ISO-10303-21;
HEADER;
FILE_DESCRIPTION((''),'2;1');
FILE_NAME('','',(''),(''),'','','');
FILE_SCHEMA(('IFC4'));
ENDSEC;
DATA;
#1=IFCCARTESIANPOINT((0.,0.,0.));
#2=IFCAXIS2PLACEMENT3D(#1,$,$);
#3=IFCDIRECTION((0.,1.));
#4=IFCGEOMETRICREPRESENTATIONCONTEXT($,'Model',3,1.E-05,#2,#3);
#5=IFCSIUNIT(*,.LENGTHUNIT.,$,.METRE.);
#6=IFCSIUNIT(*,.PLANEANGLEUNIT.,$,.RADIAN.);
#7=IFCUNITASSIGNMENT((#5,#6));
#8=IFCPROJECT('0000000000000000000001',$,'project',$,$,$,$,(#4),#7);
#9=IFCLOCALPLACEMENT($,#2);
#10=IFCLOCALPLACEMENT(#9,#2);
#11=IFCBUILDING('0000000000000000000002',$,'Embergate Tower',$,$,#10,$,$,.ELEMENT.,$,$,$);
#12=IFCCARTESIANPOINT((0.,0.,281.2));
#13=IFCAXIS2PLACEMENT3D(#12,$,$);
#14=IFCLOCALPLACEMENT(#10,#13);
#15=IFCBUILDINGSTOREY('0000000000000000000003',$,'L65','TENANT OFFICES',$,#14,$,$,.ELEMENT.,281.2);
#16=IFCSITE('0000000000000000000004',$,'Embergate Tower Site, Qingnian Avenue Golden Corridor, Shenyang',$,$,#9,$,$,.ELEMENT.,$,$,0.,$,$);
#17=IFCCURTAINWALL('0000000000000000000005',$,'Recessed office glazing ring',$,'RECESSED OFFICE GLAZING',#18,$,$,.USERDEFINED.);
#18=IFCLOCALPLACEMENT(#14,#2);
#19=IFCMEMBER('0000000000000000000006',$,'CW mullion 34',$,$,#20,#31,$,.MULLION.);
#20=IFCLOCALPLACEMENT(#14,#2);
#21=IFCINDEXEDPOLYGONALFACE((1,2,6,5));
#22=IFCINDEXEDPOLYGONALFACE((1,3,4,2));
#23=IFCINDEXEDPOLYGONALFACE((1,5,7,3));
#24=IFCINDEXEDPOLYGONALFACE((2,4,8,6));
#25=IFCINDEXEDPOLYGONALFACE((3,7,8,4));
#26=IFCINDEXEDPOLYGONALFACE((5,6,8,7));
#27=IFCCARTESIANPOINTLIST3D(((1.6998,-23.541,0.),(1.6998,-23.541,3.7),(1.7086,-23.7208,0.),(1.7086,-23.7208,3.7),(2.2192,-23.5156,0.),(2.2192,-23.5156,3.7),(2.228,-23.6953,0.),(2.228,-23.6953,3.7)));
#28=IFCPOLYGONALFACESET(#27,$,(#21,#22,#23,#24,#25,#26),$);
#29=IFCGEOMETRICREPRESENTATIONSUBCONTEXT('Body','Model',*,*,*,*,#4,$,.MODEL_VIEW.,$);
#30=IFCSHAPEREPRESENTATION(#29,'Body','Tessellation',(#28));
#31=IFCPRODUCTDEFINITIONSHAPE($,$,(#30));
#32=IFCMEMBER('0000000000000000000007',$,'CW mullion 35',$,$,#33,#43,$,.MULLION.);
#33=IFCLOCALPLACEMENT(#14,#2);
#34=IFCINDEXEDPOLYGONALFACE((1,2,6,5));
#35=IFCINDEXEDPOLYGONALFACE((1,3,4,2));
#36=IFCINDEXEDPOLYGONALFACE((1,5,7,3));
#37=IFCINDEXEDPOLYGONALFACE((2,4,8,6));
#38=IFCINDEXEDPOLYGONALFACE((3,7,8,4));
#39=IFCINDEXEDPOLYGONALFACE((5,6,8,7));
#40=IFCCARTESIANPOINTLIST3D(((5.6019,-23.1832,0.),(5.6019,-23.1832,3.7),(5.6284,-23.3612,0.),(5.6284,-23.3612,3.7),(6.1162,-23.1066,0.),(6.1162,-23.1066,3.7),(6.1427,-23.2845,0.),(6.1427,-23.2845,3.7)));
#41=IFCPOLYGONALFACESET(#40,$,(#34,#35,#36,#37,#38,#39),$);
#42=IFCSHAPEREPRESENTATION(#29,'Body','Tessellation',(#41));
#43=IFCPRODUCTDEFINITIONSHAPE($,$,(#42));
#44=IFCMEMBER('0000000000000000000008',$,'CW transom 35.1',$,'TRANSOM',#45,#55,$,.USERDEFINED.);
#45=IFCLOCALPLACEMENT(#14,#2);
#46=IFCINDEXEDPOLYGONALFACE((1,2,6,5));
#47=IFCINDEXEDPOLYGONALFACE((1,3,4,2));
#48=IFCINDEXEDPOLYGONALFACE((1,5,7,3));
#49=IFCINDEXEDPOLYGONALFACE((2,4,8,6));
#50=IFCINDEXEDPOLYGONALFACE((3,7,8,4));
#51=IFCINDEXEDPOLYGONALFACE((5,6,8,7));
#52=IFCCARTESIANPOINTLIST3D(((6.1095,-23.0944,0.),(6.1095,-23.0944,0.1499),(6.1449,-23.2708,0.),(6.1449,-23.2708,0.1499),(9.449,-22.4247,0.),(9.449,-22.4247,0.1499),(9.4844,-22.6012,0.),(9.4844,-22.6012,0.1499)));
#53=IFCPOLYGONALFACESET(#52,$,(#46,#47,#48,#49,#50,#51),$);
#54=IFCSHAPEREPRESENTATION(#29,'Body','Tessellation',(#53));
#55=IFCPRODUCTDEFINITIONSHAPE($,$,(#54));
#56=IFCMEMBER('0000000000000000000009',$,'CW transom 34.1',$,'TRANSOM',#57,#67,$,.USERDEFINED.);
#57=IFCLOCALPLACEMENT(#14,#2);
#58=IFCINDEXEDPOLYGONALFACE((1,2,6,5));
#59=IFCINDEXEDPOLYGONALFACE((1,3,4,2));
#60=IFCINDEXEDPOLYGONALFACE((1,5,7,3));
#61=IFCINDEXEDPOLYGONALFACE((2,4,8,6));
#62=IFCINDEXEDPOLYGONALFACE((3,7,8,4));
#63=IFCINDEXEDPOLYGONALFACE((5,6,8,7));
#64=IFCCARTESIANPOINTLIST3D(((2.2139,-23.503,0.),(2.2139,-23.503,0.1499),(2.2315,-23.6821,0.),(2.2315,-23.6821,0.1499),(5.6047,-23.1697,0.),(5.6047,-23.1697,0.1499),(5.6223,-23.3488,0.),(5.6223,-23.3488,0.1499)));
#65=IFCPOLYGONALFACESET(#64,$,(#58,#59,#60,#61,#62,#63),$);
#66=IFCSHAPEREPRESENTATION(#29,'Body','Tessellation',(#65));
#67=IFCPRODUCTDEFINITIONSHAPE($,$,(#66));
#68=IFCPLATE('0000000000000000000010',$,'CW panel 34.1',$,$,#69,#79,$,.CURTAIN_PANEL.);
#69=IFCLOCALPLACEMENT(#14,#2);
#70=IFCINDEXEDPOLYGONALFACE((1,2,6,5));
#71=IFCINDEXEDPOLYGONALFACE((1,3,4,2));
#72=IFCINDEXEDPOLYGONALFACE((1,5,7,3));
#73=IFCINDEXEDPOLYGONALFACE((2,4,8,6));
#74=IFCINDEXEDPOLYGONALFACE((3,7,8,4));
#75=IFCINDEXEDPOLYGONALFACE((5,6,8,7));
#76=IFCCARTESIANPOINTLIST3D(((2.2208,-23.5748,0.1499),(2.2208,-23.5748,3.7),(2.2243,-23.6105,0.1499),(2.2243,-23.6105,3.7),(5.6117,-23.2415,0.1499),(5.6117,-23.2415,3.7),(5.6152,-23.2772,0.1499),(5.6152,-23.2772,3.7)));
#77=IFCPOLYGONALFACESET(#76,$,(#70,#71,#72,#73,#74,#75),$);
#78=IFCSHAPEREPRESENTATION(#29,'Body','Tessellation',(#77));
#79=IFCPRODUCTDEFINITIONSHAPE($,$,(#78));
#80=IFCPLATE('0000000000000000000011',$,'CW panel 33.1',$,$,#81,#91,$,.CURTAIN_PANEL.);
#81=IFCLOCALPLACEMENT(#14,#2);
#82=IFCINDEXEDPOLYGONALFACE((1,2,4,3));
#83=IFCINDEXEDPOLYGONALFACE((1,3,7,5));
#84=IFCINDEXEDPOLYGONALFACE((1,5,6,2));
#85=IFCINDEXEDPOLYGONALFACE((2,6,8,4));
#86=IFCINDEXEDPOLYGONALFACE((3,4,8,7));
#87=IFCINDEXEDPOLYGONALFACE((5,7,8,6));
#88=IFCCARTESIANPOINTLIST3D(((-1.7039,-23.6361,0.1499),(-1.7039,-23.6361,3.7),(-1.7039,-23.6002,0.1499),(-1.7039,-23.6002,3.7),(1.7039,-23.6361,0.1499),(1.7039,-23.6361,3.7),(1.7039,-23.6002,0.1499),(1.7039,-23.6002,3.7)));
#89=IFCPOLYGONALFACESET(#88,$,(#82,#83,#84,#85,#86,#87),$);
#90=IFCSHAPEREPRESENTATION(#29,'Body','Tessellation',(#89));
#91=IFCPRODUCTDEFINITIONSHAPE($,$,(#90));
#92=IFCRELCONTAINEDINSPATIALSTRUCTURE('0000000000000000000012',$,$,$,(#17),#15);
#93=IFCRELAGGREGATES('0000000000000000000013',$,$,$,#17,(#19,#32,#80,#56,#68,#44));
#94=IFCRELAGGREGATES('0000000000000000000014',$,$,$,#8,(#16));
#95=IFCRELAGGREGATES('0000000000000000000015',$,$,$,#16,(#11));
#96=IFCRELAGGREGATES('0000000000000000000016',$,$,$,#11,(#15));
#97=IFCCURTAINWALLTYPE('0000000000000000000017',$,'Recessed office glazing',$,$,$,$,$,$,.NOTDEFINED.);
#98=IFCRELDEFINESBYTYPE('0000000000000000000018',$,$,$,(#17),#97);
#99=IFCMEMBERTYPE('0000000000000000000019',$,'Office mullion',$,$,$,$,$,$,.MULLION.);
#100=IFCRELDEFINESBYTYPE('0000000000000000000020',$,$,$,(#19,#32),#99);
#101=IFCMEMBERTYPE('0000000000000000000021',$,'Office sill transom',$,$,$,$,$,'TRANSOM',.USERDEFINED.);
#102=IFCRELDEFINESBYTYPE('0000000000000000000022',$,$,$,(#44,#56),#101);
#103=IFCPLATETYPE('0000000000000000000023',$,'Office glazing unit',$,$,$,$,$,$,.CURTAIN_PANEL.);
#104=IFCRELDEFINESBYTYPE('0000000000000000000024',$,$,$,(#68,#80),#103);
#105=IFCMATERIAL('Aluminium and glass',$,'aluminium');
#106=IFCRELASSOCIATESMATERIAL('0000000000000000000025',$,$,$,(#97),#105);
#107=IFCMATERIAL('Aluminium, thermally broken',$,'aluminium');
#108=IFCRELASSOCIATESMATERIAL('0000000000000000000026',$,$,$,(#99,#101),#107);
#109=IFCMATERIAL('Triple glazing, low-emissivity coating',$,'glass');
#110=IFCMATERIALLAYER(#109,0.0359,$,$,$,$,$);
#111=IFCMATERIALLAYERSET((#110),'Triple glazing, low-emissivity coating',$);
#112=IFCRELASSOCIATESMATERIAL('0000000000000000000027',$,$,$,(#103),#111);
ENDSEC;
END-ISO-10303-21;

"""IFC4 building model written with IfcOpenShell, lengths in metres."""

from ifc_helpers import new_model, si_unit, direction, frame, origin, origin_2d, place, context, subcontext, project, spatial, rectangle, extrude, source, transform, mapped, material, layer, layer_set, material_profile, profile_set, type_object, element, aggregate, save


model = new_model("IFC4")

# Units and contexts
model_context = context("Model", 3, precision=1e-05, world=origin(), true_north=direction((0.0, 1.0)))
body_context = subcontext(model_context, "Body", "Model", "MODEL_VIEW")
ifc_project = project(units=[si_unit("LENGTHUNIT", "METRE"), si_unit("PLANEANGLEUNIT", "RADIAN")], contexts=[model_context])

# Site, building, storey
site_placement = place(None, origin())
site = spatial("IfcSite", under=ifc_project, at=site_placement, Name="Embergate Tower Site, Qingnian Avenue Golden Corridor, Shenyang", CompositionType="ELEMENT", RefElevation=0.0)
building_placement = place(site_placement, origin())
building = spatial("IfcBuilding", under=site, at=building_placement, Name="Embergate Tower", CompositionType="ELEMENT")
storey_placement = place(building_placement, frame((0.0, 0.0, 281.2)))
storey = spatial("IfcBuildingStorey", under=building, at=storey_placement, Name="L65", Description="TENANT OFFICES", CompositionType="ELEMENT", Elevation=281.2)

# Curtain wall, members, plates
ifc_material_1 = material(Name="Aluminium and glass", Category="aluminium")
curtain_wall_type = type_object("IfcCurtainWallType", Name="Recessed office glazing", PredefinedType="NOTDEFINED", material=ifc_material_1)
curtain_wall_placement = place(storey_placement, origin())
curtain_wall = element("IfcCurtainWall", 1, at=curtain_wall_placement, inside=storey, type_object=curtain_wall_type, Name="Recessed office glazing ring", ObjectType="RECESSED OFFICE GLAZING", PredefinedType="USERDEFINED")
ifc_material_2 = material(Name="Aluminium, thermally broken", Category="aluminium")
ifc_material_profile_1 = material_profile(ifc_material_2, rectangle(XDim=0.1799, YDim=0.52, at=origin_2d()), Name="AL 520x180")
ifc_profile_set_1 = profile_set([ifc_material_profile_1], Name="Aluminium, thermally broken")
member_type_1 = type_object("IfcMemberType", Name="Office mullion", PredefinedType="MULLION", material=ifc_profile_set_1)
shared_shape_1 = source(origin(), body_context, "Body", "SweptSolid", [
    extrude(rectangle(XDim=0.1799, YDim=0.52, at=origin_2d()), origin(), (0.0, 0.0, 1.0), 3.7),
])
member_1_placement = place(storey_placement, frame((1.9639, -23.6182, 0.0), z_axis=(0.0, 0.0, 1.0), x_axis=(-0.04897, 0.9988, 0.0)))
member_1 = element("IfcMember", 2, at=member_1_placement, type_object=member_type_1, Name="CW mullion 34", PredefinedType="MULLION", context=body_context, shape_type="MappedRepresentation", body=[
    mapped(shared_shape_1, transform((0.0, 0.0, 0.0))),
])
member_2_placement = place(storey_placement, frame((5.8723, -23.2339, 0.0), z_axis=(0.0, 0.0, 1.0), x_axis=(-0.147409, 0.989076, 0.0)))
member_2 = element("IfcMember", 3, at=member_2_placement, type_object=member_type_1, Name="CW mullion 35", PredefinedType="MULLION", context=body_context, shape_type="MappedRepresentation", body=[
    mapped(shared_shape_1, transform((0.0, 0.0, 0.0))),
])
ifc_material_profile_2 = material_profile(ifc_material_2, rectangle(XDim=0.1799, YDim=0.1499, at=origin_2d()), Name="AL 150x180")
ifc_profile_set_2 = profile_set([ifc_material_profile_2], Name="Aluminium, thermally broken")
member_type_2 = type_object("IfcMemberType", Name="Office sill transom", ElementType="TRANSOM", PredefinedType="USERDEFINED", material=ifc_profile_set_2)
shared_shape_2 = source(origin(), body_context, "Body", "SweptSolid", [
    extrude(rectangle(XDim=0.1799, YDim=0.1499, at=origin_2d()), origin(), (0.0, 0.0, 1.0), 3.406),
])
member_3_placement = place(storey_placement, frame((6.1272, -23.1826, 0.075), z_axis=(0.980481, 0.196612, 0.0), x_axis=(-0.196612, 0.980481, 0.0)))
member_3 = element("IfcMember", 4, at=member_3_placement, type_object=member_type_2, Name="CW transom 35.1", ObjectType="TRANSOM", PredefinedType="USERDEFINED", context=body_context, shape_type="MappedRepresentation", body=[
    mapped(shared_shape_2, transform((0.0, 0.0, 0.0))),
])
shared_shape_3 = source(origin(), body_context, "Body", "SweptSolid", [
    extrude(rectangle(XDim=0.1799, YDim=0.1499, at=origin_2d()), origin(), (0.0, 0.0, 1.0), 3.4072),
])
member_4_placement = place(storey_placement, frame((2.2227, -23.5925, 0.075), z_axis=(0.995205, 0.097808, 0.0), x_axis=(-0.097808, 0.995205, 0.0)))
member_4 = element("IfcMember", 5, at=member_4_placement, type_object=member_type_2, Name="CW transom 34.1", ObjectType="TRANSOM", PredefinedType="USERDEFINED", context=body_context, shape_type="MappedRepresentation", body=[
    mapped(shared_shape_3, transform((0.0, 0.0, 0.0))),
])
ifc_material_3 = material(Name="Triple glazing, low-emissivity coating", Category="glass")
ifc_layer = layer(ifc_material_3, 0.0359)
ifc_layer_set = layer_set([ifc_layer], Name="Triple glazing, low-emissivity coating")
plate_type = type_object("IfcPlateType", Name="Office glazing unit", PredefinedType="CURTAIN_PANEL", material=ifc_layer_set)
shared_shape_4 = source(origin(), body_context, "Body", "SweptSolid", [
    extrude(rectangle(XDim=3.4072, YDim=0.0359, at=origin_2d()), origin(), (0.0, 0.0, 1.0), 3.55),
])
plate_1_placement = place(storey_placement, frame((3.918, -23.426, 0.1499), z_axis=(0.0, 0.0, 1.0), x_axis=(0.995203, 0.09783, 0.0)))
plate_1 = element("IfcPlate", 6, at=plate_1_placement, type_object=plate_type, Name="CW panel 34.1", PredefinedType="CURTAIN_PANEL", context=body_context, shape_type="MappedRepresentation", body=[
    mapped(shared_shape_4, transform((0.0, 0.0, 0.0))),
])
shared_shape_5 = source(origin(), body_context, "Body", "SweptSolid", [
    extrude(rectangle(XDim=3.4077, YDim=0.0359, at=origin_2d()), origin(), (0.0, 0.0, 1.0), 3.55),
])
plate_2_placement = place(storey_placement, frame((0.0, -23.6182, 0.1499), z_axis=(0.0, 0.0, 1.0), x_axis=(1.0, 0.0, 0.0)))
plate_2 = element("IfcPlate", 7, at=plate_2_placement, type_object=plate_type, Name="CW panel 33.1", PredefinedType="CURTAIN_PANEL", context=body_context, shape_type="MappedRepresentation", body=[
    mapped(shared_shape_5, transform((0.0, 0.0, 0.0))),
])
aggregate(curtain_wall, [member_1, member_2, plate_2, member_4, plate_1, member_3])

save(model, "model.ifc")
